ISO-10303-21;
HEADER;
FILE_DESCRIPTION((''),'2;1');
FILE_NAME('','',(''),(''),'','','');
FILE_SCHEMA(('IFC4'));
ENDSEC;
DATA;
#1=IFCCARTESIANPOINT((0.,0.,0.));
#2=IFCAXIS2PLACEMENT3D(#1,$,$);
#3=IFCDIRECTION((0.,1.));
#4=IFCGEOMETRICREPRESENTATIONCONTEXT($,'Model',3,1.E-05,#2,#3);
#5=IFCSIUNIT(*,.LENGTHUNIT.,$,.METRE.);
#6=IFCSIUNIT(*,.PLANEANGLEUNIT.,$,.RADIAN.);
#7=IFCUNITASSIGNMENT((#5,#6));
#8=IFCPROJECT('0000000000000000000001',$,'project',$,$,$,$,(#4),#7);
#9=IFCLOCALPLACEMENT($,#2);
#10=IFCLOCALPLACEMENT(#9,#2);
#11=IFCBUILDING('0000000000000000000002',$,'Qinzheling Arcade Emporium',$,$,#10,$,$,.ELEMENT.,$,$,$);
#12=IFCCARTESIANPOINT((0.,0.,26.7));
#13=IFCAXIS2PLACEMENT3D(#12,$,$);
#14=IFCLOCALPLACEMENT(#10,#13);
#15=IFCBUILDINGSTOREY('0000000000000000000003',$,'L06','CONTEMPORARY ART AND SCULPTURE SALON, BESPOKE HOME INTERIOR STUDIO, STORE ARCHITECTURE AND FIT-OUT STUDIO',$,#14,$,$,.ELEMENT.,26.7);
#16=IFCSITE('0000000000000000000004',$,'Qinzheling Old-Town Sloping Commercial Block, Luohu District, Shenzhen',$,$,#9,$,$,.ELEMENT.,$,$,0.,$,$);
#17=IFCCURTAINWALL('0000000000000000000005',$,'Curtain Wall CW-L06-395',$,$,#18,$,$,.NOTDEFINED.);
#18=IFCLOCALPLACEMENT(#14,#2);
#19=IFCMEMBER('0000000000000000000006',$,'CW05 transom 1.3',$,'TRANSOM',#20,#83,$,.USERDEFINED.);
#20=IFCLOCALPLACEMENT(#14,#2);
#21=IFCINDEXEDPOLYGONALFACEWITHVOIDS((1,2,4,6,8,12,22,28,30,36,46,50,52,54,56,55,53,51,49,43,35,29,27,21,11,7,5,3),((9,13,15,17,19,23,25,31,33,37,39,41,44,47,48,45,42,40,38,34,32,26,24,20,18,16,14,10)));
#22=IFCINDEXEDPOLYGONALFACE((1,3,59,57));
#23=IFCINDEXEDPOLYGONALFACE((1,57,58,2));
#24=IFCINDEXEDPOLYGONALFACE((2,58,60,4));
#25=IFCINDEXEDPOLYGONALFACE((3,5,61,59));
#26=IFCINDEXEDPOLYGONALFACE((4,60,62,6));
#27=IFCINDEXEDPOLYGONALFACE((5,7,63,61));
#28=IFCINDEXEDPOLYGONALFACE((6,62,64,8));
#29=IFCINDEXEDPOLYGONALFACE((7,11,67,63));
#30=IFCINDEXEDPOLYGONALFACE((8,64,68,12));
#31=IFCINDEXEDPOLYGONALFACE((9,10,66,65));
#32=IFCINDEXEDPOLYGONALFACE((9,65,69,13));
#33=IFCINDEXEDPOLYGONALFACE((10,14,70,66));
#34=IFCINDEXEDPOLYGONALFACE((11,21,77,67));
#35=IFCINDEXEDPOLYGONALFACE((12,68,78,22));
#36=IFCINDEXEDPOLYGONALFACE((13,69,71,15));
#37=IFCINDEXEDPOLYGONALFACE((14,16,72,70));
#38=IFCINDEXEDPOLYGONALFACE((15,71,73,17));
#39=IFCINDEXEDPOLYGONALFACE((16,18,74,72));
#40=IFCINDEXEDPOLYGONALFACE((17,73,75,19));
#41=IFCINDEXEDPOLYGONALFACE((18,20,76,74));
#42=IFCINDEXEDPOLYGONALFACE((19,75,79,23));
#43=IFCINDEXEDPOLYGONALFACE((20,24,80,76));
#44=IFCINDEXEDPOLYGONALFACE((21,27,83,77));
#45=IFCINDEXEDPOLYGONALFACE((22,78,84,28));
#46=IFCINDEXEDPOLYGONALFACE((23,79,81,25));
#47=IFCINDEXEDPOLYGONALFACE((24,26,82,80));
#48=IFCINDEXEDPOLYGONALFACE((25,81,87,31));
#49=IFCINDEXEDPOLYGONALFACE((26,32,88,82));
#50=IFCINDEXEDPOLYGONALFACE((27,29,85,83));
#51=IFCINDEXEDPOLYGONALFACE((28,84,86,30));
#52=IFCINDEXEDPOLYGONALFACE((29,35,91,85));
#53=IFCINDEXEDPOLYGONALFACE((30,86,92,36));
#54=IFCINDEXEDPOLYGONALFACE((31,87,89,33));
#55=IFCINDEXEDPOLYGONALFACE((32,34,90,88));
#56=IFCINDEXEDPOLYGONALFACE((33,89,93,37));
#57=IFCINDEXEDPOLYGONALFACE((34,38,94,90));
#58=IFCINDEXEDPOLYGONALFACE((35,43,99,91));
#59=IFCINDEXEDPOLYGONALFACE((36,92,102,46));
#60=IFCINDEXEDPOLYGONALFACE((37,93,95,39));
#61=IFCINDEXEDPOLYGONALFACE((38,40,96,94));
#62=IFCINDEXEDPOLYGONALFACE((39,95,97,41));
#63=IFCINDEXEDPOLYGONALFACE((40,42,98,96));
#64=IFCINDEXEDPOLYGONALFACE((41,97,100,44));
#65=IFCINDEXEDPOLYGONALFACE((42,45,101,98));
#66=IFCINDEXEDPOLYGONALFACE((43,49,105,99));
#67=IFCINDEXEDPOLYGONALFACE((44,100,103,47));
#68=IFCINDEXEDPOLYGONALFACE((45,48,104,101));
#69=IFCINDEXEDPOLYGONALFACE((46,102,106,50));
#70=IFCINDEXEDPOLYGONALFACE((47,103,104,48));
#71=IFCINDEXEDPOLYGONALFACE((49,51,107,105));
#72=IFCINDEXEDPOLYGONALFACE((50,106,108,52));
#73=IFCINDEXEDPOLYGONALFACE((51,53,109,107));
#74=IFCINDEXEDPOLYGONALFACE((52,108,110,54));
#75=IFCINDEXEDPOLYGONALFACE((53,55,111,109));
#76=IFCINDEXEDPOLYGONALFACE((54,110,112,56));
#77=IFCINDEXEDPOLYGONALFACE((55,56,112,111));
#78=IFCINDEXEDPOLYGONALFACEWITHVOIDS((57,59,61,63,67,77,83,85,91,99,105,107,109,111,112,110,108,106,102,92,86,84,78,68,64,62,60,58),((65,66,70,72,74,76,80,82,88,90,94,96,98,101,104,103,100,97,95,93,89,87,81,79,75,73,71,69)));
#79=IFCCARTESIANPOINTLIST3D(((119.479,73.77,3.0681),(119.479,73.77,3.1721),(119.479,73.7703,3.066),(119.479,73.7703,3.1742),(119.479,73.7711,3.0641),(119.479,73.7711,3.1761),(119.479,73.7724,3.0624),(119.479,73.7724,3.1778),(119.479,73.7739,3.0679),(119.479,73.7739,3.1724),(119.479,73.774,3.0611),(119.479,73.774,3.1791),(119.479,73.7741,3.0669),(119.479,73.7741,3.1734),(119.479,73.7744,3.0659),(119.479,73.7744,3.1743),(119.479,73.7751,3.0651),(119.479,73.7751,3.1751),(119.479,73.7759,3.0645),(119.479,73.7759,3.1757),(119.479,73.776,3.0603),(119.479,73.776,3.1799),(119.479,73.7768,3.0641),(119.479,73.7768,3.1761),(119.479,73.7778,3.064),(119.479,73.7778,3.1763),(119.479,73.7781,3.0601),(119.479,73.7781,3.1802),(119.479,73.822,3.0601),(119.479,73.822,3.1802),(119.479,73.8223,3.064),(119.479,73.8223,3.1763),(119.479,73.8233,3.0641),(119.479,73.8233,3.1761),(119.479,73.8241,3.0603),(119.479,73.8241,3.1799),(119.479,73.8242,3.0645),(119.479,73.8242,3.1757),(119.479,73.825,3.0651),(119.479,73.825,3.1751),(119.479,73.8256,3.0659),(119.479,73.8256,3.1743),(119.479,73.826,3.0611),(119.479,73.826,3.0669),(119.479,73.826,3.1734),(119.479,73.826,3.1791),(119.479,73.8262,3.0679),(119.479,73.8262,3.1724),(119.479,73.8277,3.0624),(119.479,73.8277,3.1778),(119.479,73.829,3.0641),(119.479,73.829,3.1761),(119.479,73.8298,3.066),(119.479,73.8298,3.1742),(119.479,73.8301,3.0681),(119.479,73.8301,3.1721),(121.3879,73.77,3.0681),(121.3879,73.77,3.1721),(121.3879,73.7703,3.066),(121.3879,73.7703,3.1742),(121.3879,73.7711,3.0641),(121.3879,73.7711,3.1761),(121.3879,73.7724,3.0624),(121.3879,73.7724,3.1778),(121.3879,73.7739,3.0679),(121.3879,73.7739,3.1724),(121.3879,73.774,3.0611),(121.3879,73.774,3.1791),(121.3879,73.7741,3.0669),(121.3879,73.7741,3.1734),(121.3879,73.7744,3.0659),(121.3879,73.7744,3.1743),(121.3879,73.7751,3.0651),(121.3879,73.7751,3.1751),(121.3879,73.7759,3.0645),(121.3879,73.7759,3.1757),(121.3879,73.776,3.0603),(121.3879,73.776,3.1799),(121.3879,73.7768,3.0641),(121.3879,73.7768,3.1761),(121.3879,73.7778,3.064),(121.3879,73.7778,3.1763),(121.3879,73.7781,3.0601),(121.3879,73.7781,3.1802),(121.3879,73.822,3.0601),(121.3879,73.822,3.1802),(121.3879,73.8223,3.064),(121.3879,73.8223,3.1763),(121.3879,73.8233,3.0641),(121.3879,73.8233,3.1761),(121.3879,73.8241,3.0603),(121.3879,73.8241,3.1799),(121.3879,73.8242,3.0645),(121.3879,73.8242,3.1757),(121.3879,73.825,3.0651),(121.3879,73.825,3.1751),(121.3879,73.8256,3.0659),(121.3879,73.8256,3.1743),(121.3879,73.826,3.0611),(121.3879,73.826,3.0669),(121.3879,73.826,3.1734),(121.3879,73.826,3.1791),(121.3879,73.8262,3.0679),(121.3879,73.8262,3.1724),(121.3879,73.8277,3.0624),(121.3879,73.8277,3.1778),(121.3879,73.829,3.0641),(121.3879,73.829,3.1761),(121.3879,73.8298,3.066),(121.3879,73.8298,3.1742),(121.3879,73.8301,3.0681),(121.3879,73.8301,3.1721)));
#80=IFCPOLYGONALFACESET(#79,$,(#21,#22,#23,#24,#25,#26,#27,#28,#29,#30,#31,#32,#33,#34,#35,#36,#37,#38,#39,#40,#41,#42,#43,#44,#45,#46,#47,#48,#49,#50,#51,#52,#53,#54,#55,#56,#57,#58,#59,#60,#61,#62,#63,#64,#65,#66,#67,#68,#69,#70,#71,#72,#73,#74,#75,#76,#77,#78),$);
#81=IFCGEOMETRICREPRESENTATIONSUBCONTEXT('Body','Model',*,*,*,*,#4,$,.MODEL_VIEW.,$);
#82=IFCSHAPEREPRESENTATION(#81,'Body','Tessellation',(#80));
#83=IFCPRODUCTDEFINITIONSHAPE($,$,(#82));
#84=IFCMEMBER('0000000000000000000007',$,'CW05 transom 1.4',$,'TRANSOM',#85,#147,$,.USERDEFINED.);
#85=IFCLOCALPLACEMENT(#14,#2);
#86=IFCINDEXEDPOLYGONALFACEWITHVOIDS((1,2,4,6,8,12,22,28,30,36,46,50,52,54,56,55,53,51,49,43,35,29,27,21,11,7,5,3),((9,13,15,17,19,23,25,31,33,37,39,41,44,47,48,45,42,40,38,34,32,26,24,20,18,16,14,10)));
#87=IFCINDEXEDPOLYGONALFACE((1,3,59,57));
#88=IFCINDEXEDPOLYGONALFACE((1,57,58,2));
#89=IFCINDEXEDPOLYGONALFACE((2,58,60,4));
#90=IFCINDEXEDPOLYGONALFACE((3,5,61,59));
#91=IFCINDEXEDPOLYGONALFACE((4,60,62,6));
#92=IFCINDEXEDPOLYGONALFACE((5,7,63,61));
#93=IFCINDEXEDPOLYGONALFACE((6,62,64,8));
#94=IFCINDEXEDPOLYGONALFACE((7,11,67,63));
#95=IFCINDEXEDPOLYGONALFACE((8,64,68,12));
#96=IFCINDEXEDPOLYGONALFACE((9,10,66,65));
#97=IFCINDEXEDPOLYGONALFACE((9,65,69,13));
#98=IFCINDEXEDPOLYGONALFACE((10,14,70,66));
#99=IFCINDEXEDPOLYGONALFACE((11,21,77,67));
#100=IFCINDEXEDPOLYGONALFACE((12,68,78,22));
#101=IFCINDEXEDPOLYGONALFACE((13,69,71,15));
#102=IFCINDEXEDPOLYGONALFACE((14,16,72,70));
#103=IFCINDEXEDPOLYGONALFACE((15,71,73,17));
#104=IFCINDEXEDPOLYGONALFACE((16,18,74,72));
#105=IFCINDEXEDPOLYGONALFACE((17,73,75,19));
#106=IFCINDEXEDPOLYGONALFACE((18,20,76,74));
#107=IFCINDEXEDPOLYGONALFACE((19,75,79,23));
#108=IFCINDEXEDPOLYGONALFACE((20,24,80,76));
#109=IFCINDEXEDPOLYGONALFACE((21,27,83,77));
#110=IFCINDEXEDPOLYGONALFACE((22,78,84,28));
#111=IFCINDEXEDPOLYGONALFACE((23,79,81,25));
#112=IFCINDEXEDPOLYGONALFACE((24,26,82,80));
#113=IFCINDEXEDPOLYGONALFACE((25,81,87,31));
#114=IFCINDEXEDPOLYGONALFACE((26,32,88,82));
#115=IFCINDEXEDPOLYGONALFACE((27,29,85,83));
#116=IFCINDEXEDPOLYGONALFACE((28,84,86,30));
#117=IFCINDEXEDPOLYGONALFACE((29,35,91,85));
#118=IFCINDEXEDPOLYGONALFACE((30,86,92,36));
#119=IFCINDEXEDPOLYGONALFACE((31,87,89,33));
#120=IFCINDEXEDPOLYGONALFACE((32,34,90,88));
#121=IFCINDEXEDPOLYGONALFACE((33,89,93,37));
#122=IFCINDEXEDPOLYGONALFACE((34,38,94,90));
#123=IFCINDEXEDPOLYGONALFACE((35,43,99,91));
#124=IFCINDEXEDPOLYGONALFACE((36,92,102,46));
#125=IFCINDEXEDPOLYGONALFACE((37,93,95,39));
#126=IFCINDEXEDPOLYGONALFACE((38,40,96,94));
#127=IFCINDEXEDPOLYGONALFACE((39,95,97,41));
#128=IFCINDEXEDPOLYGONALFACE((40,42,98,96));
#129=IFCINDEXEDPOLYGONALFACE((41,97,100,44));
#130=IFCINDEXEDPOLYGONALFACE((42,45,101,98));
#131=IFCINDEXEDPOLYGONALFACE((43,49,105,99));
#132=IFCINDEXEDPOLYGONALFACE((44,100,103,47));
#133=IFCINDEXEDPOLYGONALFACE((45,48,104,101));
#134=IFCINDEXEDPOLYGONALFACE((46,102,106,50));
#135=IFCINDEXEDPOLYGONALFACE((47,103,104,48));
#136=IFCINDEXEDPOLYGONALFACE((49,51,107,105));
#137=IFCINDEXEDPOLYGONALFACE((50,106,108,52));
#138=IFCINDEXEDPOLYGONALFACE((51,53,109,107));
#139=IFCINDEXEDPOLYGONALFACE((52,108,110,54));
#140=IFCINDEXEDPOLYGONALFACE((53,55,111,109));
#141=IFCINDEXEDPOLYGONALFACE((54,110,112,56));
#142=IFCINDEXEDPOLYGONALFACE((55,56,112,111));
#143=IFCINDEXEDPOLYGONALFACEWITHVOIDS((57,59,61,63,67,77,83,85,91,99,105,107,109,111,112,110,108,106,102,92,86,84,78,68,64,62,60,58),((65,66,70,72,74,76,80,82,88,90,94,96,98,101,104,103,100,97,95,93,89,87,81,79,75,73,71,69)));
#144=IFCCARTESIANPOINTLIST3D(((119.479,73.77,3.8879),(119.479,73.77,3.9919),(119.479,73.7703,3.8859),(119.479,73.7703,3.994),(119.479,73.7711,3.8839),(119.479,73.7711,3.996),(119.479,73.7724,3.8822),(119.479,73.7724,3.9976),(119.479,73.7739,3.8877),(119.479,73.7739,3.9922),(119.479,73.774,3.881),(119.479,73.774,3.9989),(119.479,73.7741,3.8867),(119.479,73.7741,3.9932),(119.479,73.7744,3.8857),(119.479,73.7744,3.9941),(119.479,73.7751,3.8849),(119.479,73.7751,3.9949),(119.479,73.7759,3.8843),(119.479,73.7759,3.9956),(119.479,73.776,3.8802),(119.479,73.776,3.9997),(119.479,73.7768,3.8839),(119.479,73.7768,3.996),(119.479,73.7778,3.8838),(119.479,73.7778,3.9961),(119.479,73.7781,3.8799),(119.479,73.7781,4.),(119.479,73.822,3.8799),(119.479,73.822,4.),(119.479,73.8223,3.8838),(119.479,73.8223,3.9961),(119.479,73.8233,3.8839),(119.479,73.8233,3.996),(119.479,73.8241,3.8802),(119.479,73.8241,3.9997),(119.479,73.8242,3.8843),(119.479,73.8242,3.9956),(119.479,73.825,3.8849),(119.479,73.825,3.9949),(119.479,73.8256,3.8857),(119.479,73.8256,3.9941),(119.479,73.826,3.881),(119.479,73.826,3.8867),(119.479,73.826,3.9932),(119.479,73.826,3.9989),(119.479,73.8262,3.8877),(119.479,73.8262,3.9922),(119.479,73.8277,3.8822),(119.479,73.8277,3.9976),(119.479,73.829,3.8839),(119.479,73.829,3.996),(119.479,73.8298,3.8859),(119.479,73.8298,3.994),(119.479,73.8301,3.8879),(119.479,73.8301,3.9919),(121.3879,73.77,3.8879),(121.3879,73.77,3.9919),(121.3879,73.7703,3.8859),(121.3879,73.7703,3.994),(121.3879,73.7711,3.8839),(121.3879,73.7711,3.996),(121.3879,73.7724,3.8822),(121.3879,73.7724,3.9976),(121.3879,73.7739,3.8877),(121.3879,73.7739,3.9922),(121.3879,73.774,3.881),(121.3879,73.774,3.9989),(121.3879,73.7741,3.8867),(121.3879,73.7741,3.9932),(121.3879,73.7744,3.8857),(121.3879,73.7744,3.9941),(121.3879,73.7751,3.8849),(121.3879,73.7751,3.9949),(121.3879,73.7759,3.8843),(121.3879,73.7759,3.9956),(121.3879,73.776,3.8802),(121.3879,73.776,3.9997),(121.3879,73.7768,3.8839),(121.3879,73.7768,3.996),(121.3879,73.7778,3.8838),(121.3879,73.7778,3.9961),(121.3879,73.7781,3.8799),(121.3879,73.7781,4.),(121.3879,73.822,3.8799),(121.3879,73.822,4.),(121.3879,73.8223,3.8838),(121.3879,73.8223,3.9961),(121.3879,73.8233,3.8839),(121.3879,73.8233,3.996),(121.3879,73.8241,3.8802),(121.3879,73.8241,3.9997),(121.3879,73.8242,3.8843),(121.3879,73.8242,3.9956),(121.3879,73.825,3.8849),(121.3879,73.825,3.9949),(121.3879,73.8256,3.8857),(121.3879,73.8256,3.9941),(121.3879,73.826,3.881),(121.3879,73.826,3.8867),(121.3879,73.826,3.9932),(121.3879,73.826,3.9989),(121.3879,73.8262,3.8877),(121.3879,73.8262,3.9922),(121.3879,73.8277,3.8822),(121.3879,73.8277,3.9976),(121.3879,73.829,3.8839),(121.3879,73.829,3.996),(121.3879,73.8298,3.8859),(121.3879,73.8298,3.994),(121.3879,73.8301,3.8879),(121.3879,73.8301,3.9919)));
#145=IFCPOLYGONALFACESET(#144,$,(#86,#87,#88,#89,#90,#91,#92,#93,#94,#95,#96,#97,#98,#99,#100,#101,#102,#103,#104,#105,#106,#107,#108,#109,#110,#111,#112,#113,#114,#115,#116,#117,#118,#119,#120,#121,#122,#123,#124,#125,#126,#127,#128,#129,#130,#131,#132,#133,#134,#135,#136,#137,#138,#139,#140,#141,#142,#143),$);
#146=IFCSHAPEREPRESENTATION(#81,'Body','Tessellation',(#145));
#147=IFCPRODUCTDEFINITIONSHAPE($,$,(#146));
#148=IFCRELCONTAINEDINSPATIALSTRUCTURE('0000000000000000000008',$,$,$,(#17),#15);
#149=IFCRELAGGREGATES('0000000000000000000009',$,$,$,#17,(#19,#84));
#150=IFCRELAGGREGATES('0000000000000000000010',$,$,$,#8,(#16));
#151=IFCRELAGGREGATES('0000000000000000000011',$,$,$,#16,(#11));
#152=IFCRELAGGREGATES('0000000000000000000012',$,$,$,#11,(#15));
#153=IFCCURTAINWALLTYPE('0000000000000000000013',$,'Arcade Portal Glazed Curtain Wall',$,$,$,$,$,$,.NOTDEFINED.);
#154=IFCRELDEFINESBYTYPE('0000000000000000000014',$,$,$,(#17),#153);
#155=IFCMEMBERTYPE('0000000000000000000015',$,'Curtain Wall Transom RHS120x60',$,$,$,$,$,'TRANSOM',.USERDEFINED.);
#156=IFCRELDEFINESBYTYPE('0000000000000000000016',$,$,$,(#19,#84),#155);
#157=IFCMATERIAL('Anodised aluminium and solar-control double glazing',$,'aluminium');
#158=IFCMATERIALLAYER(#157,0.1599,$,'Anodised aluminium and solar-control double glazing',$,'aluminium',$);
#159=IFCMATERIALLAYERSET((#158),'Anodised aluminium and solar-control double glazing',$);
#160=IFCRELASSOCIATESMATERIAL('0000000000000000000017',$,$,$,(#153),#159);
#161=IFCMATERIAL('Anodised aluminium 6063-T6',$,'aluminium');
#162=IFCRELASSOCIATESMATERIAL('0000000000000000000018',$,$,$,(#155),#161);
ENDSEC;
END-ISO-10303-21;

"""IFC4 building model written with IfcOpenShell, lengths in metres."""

from ifc_helpers import new_model, si_unit, direction, frame, origin, origin_2d, place, context, subcontext, project, spatial, hollow_rectangle, extrude, material, layer, layer_set, material_profile, profile_set, type_object, element, aggregate, save


model = new_model("IFC4")

# Units and contexts
model_context = context("Model", 3, precision=1e-05, world=origin(), true_north=direction((0.0, 1.0)))
body_context = subcontext(model_context, "Body", "Model", "MODEL_VIEW")
ifc_project = project(units=[si_unit("LENGTHUNIT", "METRE"), si_unit("PLANEANGLEUNIT", "RADIAN")], contexts=[model_context])

# Site, building, storey
site_placement = place(None, origin())
site = spatial("IfcSite", under=ifc_project, at=site_placement, Name="Qinzheling Old-Town Sloping Commercial Block, Luohu District, Shenzhen", CompositionType="ELEMENT", RefElevation=0.0)
building_placement = place(site_placement, origin())
building = spatial("IfcBuilding", under=site, at=building_placement, Name="Qinzheling Arcade Emporium", CompositionType="ELEMENT")
storey_placement = place(building_placement, frame((0.0, 0.0, 26.7)))
storey = spatial("IfcBuildingStorey", under=building, at=storey_placement, Name="L06", Description="CONTEMPORARY ART AND SCULPTURE SALON, BESPOKE HOME INTERIOR STUDIO, STORE ARCHITECTURE AND FIT-OUT STUDIO", CompositionType="ELEMENT", Elevation=26.7)

# Curtain wall, members
ifc_material_1 = material(Name="Anodised aluminium and solar-control double glazing", Category="aluminium")
ifc_layer_1 = layer(ifc_material_1, 0.1599, Name="Anodised aluminium and solar-control double glazing", Category="aluminium")
ifc_layer_set_1 = layer_set([ifc_layer_1], Name="Anodised aluminium and solar-control double glazing")
curtain_wall_type = type_object("IfcCurtainWallType", Name="Arcade Portal Glazed Curtain Wall", PredefinedType="NOTDEFINED", material=ifc_layer_set_1)
curtain_wall_placement = place(storey_placement, origin())
curtain_wall = element("IfcCurtainWall", 1, at=curtain_wall_placement, inside=storey, type_object=curtain_wall_type, Name="Curtain Wall CW-L06-395", PredefinedType="NOTDEFINED")
ifc_material_2 = material(Name="Anodised aluminium 6063-T6", Category="aluminium")
ifc_material_profile_1 = material_profile(ifc_material_2, hollow_rectangle(XDim=0.0601, YDim=0.1201, WallThickness=0.0039, InnerFilletRadius=0.0039, OuterFilletRadius=0.0081, at=origin_2d()), Name="RHS 120x60x4", Category="aluminium")
ifc_profile_set_1 = profile_set([ifc_material_profile_1], Name="Anodised aluminium 6063-T6")
member_type_1 = type_object("IfcMemberType", Name="Curtain Wall Transom RHS120x60", ElementType="TRANSOM", PredefinedType="USERDEFINED", material=ifc_profile_set_1)
member_1_placement = place(storey_placement, frame((121.3879, 73.8, 3.1201), z_axis=(-1.0, 0.0, 0.0), x_axis=(0.0, -1.0, 0.0)))
member_1 = element("IfcMember", 2, at=member_1_placement, type_object=member_type_1, Name="CW05 transom 1.3", ObjectType="TRANSOM", PredefinedType="USERDEFINED", context=body_context, shape_type="SweptSolid", body=[
    extrude(hollow_rectangle(XDim=0.0601, YDim=0.1201, WallThickness=0.0039, InnerFilletRadius=0.0039, OuterFilletRadius=0.0081, at=origin_2d()), origin(), (0.0, 0.0, 1.0), 1.9089),
])
member_2_placement = place(storey_placement, frame((121.3879, 73.8, 3.9399), z_axis=(-1.0, 0.0, 0.0), x_axis=(0.0, -1.0, 0.0)))
member_2 = element("IfcMember", 3, at=member_2_placement, type_object=member_type_1, Name="CW05 transom 1.4", ObjectType="TRANSOM", PredefinedType="USERDEFINED", context=body_context, shape_type="SweptSolid", body=[
    extrude(hollow_rectangle(XDim=0.0601, YDim=0.1201, WallThickness=0.0039, InnerFilletRadius=0.0039, OuterFilletRadius=0.0081, at=origin_2d()), origin(), (0.0, 0.0, 1.0), 1.9089),
])

aggregate(curtain_wall, [member_1, member_2])

save(model, "model.ifc")
